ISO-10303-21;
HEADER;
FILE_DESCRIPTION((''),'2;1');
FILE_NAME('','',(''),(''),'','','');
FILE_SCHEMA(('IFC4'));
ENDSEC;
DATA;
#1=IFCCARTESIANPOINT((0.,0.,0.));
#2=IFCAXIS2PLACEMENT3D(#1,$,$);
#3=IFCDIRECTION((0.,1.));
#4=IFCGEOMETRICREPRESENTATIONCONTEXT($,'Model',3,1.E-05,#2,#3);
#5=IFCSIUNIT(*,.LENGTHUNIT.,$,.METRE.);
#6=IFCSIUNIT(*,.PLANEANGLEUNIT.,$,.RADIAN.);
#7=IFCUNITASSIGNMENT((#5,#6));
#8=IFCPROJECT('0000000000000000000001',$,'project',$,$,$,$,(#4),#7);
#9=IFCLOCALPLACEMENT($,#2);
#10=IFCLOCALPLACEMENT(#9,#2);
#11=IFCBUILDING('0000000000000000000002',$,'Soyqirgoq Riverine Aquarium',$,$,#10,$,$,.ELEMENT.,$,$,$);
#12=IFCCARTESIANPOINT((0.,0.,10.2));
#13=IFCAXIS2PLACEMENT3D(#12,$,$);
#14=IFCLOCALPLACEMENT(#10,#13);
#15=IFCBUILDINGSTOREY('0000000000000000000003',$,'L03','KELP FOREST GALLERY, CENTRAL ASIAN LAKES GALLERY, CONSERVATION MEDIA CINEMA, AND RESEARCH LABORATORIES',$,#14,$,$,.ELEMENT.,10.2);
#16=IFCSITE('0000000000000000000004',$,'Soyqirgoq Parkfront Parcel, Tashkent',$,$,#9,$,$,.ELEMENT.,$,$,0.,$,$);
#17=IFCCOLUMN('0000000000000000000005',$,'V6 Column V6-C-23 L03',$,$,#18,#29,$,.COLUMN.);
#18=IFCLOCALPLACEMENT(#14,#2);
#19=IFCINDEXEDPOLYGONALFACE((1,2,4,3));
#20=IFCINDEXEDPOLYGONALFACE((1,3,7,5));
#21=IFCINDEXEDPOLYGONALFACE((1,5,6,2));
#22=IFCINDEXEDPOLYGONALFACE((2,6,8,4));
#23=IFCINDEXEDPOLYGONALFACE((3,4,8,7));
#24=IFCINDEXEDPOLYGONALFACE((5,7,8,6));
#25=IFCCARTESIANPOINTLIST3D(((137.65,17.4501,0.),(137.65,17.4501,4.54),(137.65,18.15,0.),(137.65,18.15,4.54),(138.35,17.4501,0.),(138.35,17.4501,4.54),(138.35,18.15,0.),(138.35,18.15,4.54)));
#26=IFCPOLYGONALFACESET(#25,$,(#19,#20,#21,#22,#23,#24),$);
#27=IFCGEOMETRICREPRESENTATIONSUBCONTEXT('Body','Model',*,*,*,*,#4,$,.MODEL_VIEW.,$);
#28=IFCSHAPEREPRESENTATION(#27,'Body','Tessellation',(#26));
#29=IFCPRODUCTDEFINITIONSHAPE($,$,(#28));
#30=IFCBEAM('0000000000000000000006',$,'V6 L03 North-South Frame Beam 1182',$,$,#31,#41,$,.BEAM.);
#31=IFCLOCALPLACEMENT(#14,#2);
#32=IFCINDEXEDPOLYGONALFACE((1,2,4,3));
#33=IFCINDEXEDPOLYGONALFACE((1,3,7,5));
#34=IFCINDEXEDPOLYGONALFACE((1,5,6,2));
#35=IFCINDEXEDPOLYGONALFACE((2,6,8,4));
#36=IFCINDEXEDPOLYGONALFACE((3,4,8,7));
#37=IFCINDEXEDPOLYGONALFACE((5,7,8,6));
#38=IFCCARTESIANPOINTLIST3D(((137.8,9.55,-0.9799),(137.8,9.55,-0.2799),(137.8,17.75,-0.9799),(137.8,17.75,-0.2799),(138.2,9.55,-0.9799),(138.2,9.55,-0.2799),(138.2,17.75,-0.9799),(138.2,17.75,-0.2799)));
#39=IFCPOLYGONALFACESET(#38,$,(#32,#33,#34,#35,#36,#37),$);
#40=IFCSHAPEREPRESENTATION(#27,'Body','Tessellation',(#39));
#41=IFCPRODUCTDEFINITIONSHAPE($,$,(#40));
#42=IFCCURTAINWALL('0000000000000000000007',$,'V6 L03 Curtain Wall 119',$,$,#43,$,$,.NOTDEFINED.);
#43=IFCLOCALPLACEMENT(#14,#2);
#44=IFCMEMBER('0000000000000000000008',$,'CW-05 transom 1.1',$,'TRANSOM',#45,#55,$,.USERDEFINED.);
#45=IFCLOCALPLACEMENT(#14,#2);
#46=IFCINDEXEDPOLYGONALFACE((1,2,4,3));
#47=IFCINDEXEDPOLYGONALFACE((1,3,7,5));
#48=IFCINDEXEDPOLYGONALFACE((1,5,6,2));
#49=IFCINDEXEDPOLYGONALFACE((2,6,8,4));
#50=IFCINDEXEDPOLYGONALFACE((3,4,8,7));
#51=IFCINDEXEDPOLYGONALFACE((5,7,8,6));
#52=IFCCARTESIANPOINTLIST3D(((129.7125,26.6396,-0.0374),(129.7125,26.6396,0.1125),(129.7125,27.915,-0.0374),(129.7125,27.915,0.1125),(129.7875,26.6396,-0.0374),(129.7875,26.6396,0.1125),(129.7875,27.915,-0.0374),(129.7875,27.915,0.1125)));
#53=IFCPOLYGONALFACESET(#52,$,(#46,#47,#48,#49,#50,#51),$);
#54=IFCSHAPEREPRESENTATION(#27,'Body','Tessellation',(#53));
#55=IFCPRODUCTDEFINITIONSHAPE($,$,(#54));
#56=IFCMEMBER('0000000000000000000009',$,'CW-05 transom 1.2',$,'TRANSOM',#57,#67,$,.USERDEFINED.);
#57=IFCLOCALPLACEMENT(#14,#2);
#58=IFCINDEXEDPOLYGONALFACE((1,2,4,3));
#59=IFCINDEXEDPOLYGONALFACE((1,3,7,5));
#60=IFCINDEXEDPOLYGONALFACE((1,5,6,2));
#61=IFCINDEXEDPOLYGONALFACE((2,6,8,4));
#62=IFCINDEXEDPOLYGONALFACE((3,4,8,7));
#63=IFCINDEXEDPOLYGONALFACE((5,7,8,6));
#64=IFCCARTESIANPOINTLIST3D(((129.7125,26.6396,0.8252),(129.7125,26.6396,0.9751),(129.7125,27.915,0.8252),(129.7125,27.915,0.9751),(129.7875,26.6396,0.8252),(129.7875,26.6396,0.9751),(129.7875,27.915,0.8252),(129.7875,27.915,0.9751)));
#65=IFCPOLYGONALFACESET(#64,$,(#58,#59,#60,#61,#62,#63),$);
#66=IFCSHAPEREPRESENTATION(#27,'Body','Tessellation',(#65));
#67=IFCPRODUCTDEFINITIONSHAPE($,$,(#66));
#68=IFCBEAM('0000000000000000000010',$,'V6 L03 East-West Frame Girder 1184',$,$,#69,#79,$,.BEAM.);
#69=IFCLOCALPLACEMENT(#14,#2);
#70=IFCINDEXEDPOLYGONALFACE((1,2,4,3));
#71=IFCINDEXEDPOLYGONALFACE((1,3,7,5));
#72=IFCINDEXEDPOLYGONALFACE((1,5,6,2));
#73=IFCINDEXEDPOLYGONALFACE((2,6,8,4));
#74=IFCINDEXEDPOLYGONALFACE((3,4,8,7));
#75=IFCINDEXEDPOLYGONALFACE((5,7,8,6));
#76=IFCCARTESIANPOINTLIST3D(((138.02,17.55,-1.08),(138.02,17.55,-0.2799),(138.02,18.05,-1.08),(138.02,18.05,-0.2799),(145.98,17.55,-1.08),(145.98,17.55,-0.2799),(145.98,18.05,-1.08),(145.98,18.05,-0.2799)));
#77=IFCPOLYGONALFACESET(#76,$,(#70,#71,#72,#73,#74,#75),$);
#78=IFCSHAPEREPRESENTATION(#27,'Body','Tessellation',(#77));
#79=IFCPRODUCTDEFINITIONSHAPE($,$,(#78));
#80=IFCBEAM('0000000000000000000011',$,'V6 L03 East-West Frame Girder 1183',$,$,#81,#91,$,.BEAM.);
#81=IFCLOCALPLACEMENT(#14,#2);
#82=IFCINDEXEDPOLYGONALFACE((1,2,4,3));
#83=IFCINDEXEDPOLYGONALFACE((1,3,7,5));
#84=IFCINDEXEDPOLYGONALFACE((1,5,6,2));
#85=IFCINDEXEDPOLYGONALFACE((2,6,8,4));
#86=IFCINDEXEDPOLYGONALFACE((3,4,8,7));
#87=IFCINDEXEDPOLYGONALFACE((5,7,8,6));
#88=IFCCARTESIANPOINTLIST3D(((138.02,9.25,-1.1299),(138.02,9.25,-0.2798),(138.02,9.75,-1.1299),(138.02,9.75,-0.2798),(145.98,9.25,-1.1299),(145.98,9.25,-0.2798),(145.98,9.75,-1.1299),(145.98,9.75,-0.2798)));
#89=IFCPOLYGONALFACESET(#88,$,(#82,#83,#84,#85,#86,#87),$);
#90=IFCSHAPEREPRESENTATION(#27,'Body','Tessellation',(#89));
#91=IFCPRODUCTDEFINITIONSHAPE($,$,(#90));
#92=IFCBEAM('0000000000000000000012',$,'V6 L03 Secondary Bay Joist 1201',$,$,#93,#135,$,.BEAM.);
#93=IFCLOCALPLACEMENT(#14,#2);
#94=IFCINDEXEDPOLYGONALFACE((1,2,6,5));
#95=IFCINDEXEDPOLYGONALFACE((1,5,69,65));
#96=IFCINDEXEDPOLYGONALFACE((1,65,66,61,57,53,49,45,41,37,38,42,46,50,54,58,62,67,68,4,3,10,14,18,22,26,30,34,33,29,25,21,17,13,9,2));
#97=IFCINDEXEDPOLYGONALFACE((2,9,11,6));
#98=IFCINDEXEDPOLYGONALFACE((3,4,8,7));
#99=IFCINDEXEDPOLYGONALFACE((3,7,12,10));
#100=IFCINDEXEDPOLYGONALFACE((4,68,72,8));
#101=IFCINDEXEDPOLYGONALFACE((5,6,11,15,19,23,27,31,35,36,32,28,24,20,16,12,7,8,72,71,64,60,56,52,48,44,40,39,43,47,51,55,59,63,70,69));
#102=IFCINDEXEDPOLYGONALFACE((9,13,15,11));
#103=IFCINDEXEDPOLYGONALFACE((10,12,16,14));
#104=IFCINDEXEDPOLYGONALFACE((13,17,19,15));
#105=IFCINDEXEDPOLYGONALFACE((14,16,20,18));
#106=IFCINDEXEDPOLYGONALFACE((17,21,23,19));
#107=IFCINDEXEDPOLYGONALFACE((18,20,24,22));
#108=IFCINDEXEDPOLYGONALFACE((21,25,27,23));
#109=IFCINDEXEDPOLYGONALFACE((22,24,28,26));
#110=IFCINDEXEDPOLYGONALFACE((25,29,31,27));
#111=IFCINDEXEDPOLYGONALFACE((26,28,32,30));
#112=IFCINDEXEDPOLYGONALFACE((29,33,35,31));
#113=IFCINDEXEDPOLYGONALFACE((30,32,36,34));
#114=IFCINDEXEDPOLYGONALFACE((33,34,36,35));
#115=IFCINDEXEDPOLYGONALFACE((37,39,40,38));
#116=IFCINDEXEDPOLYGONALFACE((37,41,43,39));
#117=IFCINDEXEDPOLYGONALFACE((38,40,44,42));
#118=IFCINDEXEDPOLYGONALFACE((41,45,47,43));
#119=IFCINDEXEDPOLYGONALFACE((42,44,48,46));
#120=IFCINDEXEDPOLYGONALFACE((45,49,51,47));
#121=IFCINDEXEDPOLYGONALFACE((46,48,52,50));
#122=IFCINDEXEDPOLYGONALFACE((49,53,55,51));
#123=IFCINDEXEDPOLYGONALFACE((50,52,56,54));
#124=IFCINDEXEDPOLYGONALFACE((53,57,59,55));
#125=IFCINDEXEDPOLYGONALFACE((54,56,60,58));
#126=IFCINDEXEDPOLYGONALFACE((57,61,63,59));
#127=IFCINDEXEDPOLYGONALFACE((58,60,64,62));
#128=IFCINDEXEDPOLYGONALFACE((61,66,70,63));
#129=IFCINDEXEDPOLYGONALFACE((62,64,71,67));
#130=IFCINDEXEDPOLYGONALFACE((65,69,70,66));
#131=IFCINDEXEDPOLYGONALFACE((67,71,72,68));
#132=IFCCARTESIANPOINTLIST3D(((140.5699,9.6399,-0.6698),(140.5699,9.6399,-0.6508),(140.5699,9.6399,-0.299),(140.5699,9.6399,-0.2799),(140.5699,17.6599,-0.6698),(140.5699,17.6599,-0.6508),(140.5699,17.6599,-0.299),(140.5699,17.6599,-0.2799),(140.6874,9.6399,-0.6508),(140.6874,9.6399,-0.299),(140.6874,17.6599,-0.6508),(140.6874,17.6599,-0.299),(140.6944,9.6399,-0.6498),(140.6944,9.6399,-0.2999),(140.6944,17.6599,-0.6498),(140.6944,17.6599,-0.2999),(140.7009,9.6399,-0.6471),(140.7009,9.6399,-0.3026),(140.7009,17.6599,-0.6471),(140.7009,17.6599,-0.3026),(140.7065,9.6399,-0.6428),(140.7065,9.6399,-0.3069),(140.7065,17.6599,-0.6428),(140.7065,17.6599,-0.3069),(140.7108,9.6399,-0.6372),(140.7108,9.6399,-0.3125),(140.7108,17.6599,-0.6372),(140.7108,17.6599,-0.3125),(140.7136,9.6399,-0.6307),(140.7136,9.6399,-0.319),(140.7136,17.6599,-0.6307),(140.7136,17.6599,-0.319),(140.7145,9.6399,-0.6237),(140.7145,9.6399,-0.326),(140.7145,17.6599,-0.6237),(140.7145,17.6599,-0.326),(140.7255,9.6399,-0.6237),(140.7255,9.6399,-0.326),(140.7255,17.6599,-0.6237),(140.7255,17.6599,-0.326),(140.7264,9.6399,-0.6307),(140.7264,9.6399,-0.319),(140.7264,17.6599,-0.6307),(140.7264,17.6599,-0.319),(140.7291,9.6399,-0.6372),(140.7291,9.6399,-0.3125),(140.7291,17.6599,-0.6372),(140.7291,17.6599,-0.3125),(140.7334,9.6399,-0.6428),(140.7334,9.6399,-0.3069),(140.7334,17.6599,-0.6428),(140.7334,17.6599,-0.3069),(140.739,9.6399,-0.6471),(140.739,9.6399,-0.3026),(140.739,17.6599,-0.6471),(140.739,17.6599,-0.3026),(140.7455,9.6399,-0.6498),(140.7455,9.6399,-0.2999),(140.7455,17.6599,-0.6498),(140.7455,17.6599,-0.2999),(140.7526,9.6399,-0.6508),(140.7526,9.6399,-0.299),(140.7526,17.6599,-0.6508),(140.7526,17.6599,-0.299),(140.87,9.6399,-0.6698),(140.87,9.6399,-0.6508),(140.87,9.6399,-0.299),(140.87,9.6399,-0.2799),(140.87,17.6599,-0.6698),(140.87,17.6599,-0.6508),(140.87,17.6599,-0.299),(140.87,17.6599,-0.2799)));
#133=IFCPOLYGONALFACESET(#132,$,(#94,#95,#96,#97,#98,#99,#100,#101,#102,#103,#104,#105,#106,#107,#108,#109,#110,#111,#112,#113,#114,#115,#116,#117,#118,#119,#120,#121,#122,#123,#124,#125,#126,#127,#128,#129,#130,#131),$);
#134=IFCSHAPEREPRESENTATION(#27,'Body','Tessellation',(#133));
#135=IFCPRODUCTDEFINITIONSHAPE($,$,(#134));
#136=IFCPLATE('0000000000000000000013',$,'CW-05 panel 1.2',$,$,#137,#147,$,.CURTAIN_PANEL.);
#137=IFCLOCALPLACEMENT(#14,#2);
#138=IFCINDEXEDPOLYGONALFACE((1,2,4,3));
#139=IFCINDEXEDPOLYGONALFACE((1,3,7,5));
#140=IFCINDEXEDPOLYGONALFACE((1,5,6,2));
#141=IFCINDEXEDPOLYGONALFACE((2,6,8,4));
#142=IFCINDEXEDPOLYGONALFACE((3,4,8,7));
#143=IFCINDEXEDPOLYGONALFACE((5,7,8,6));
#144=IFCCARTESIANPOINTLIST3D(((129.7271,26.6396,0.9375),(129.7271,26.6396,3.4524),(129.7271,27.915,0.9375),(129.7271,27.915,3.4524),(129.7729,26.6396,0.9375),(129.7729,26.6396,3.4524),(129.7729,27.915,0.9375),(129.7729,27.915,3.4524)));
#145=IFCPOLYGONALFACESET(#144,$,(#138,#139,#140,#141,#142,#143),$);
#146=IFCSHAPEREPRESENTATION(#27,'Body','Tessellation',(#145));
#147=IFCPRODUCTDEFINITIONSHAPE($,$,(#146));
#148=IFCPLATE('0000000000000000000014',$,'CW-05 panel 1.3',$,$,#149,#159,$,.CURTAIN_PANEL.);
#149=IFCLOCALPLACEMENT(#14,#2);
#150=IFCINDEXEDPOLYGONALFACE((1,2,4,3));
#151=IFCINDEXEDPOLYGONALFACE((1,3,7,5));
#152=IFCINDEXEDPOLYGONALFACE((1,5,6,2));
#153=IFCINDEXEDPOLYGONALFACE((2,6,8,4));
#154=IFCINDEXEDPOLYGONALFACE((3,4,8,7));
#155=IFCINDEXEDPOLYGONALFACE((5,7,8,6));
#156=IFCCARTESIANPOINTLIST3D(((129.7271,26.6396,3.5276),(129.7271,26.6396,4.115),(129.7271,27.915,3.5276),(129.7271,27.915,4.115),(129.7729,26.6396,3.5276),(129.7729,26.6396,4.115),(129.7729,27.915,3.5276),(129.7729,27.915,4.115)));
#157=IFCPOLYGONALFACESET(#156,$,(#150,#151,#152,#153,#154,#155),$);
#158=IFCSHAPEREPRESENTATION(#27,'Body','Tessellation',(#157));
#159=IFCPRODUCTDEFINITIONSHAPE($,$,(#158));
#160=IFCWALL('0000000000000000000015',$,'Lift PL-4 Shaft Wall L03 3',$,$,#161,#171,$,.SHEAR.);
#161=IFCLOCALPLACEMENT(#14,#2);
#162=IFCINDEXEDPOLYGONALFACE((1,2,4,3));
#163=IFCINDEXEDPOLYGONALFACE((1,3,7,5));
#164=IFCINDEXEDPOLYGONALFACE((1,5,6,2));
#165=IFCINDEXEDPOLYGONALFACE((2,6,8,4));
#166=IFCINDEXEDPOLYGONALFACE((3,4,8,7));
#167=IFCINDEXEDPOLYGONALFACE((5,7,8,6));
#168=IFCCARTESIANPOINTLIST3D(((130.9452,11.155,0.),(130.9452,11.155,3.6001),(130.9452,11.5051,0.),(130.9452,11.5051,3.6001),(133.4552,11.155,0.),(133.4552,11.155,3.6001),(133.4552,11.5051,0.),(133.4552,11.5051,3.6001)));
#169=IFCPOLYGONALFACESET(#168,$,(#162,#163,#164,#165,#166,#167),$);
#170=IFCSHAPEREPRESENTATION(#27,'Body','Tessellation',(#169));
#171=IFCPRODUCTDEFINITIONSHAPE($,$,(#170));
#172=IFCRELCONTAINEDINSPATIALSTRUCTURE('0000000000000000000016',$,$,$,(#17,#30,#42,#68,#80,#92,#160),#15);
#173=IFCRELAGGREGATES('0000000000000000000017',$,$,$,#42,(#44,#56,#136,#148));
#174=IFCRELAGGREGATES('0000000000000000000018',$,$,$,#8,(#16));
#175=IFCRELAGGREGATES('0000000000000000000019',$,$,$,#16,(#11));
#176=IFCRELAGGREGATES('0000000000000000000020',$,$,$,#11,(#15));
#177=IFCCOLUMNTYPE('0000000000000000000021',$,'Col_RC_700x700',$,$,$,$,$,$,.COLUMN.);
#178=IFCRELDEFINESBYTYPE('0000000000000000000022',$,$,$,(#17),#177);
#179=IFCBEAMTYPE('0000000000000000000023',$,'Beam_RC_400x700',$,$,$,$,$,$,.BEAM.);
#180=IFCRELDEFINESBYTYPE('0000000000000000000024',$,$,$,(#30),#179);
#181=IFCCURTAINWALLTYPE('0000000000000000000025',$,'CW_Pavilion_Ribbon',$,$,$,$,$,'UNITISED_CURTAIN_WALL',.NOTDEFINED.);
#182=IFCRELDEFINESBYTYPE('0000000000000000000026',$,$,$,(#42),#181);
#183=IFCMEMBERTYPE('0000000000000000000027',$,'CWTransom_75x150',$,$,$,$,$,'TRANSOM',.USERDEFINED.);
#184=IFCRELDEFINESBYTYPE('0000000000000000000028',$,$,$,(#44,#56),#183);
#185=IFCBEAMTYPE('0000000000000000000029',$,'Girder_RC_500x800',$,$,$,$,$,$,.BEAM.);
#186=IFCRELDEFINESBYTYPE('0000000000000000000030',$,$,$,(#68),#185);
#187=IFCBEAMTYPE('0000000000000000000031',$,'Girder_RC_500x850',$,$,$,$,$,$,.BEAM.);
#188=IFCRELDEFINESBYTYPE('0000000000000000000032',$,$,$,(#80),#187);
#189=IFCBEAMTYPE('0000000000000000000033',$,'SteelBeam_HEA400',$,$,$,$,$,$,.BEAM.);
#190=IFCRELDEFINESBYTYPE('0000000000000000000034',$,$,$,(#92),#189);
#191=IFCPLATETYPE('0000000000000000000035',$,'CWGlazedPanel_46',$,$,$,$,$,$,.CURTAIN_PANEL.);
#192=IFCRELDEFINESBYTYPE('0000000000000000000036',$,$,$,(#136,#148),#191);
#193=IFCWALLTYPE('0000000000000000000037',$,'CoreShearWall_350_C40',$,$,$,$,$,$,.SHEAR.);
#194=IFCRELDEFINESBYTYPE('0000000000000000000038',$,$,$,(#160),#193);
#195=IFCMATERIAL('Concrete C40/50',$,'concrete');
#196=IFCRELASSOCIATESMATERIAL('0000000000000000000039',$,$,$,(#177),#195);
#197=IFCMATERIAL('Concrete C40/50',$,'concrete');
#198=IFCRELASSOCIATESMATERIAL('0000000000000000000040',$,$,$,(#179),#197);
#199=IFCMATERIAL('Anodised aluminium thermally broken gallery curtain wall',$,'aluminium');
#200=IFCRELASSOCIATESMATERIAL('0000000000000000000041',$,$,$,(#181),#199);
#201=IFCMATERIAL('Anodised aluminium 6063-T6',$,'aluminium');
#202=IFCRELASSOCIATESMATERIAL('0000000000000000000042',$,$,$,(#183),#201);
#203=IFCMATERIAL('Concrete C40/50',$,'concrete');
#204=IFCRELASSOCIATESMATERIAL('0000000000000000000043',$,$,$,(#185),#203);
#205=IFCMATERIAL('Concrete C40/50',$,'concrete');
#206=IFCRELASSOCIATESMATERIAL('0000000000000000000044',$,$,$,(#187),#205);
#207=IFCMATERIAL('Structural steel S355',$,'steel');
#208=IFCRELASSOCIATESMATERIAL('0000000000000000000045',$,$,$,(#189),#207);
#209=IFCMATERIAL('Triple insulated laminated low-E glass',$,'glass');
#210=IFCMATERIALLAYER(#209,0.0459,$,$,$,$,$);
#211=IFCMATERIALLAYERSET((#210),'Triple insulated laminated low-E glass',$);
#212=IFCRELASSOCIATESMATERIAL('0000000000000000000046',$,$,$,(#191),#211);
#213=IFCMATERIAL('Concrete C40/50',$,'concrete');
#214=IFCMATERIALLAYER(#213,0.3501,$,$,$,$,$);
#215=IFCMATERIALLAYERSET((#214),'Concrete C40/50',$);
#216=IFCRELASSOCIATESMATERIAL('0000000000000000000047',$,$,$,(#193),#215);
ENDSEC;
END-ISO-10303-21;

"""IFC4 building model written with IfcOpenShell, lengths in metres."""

from ifc_helpers import new_model, si_unit, direction, frame, frame_2d, origin, origin_2d, place, context, subcontext, project, spatial, rectangle, i_section, extrude, material, layer, layer_set, material_profile, profile_set, type_object, element, aggregate, save


model = new_model("IFC4")

# Units and contexts
model_context = context("Model", 3, precision=1e-05, world=origin(), true_north=direction((0.0, 1.0)))
body_context = subcontext(model_context, "Body", "Model", "MODEL_VIEW")
ifc_project = project(units=[si_unit("LENGTHUNIT", "METRE"), si_unit("PLANEANGLEUNIT", "RADIAN")], contexts=[model_context])

# Site, building, storey
site_placement = place(None, origin())
site = spatial("IfcSite", under=ifc_project, at=site_placement, Name="Soyqirgoq Parkfront Parcel, Tashkent", CompositionType="ELEMENT", RefElevation=0.0)
building_placement = place(site_placement, origin())
building = spatial("IfcBuilding", under=site, at=building_placement, Name="Soyqirgoq Riverine Aquarium", CompositionType="ELEMENT")
storey_placement = place(building_placement, frame((0.0, 0.0, 10.2)))
storey = spatial("IfcBuildingStorey", under=building, at=storey_placement, Name="L03", Description="KELP FOREST GALLERY, CENTRAL ASIAN LAKES GALLERY, CONSERVATION MEDIA CINEMA, AND RESEARCH LABORATORIES", CompositionType="ELEMENT", Elevation=10.2)

# Column
ifc_material_1 = material(Name="Concrete C40/50", Category="concrete")
ifc_material_profile_1 = material_profile(ifc_material_1, rectangle(XDim=0.7, YDim=0.7, at=origin_2d()), Name="RC 700x700")
ifc_profile_set_1 = profile_set([ifc_material_profile_1], Name="Concrete C40/50")
column_type = type_object("IfcColumnType", Name="Col_RC_700x700", PredefinedType="COLUMN", material=ifc_profile_set_1)
column_placement = place(storey_placement, frame((138.0, 17.8, 0.0), z_axis=(0.0, 0.0, 1.0), x_axis=(1.0, 0.0, 0.0)))
element("IfcColumn", 1, at=column_placement, inside=storey, type_object=column_type, Name="V6 Column V6-C-23 L03", PredefinedType="COLUMN", context=body_context, shape_type="SweptSolid", body=[
    extrude(rectangle(XDim=0.7, YDim=0.7, at=origin_2d()), origin(), (0.0, 0.0, 1.0), 4.54),
])

# Beam
ifc_material_2 = material(Name="Concrete C40/50", Category="concrete")
ifc_material_profile_2 = material_profile(ifc_material_2, rectangle(XDim=0.3999, YDim=0.7, at=origin_2d()), Name="RC 400x700")
ifc_profile_set_2 = profile_set([ifc_material_profile_2], Name="Concrete C40/50")
beam_type_1 = type_object("IfcBeamType", Name="Beam_RC_400x700", PredefinedType="BEAM", material=ifc_profile_set_2)
beam_1_placement = place(storey_placement, frame((138.0, 9.55, -0.6299), z_axis=(0.0, 1.0, 0.0), x_axis=(-1.0, 0.0, 0.0)))
element("IfcBeam", 2, at=beam_1_placement, inside=storey, type_object=beam_type_1, Name="V6 L03 North-South Frame Beam 1182", PredefinedType="BEAM", context=body_context, shape_type="SweptSolid", body=[
    extrude(rectangle(XDim=0.3999, YDim=0.7, at=origin_2d()), origin(), (0.0, 0.0, 1.0), 8.2),
])

# Curtain wall, members
ifc_material_3 = material(Name="Anodised aluminium thermally broken gallery curtain wall", Category="aluminium")
curtain_wall_type = type_object("IfcCurtainWallType", Name="CW_Pavilion_Ribbon", ElementType="UNITISED_CURTAIN_WALL", PredefinedType="NOTDEFINED", material=ifc_material_3)
curtain_wall_placement = place(storey_placement, origin())
curtain_wall = element("IfcCurtainWall", 3, at=curtain_wall_placement, inside=storey, type_object=curtain_wall_type, Name="V6 L03 Curtain Wall 119", PredefinedType="NOTDEFINED")
ifc_material_4 = material(Name="Anodised aluminium 6063-T6", Category="aluminium")
ifc_material_profile_3 = material_profile(ifc_material_4, rectangle(XDim=0.075, YDim=0.1499, at=origin_2d()), Name="ALU-T 75x150")
ifc_profile_set_3 = profile_set([ifc_material_profile_3], Name="Anodised aluminium 6063-T6")
member_type = type_object("IfcMemberType", Name="CWTransom_75x150", ElementType="TRANSOM", PredefinedType="USERDEFINED", material=ifc_profile_set_3)
member_1_placement = place(storey_placement, frame((129.75, 27.915, 0.0376), z_axis=(0.0, -1.0, 0.0), x_axis=(1.0, 0.0, 0.0)))
member_1 = element("IfcMember", 4, at=member_1_placement, type_object=member_type, Name="CW-05 transom 1.1", ObjectType="TRANSOM", PredefinedType="USERDEFINED", context=body_context, shape_type="SweptSolid", body=[
    extrude(rectangle(XDim=0.075, YDim=0.1499, at=origin_2d()), origin(), (0.0, 0.0, 1.0), 1.2754),
])
member_2_placement = place(storey_placement, frame((129.75, 27.915, 0.9001), z_axis=(0.0, -1.0, 0.0), x_axis=(1.0, 0.0, 0.0)))
member_2 = element("IfcMember", 5, at=member_2_placement, type_object=member_type, Name="CW-05 transom 1.2", ObjectType="TRANSOM", PredefinedType="USERDEFINED", context=body_context, shape_type="SweptSolid", body=[
    extrude(rectangle(XDim=0.075, YDim=0.1499, at=origin_2d()), origin(), (0.0, 0.0, 1.0), 1.2754),
])

# Beams
ifc_material_5 = material(Name="Concrete C40/50", Category="concrete")
ifc_material_profile_4 = material_profile(ifc_material_5, rectangle(XDim=0.5, YDim=0.8, at=origin_2d()), Name="RC 500x800")
ifc_profile_set_4 = profile_set([ifc_material_profile_4], Name="Concrete C40/50")
beam_type_2 = type_object("IfcBeamType", Name="Girder_RC_500x800", PredefinedType="BEAM", material=ifc_profile_set_4)
beam_2_placement = place(storey_placement, frame((138.02, 17.8, -0.6799), z_axis=(1.0, 0.0, 0.0), x_axis=(0.0, 1.0, 0.0)))
element("IfcBeam", 6, at=beam_2_placement, inside=storey, type_object=beam_type_2, Name="V6 L03 East-West Frame Girder 1184", PredefinedType="BEAM", context=body_context, shape_type="SweptSolid", body=[
    extrude(rectangle(XDim=0.5, YDim=0.8, at=origin_2d()), origin(), (0.0, 0.0, 1.0), 7.96),
])
ifc_material_6 = material(Name="Concrete C40/50", Category="concrete")
ifc_material_profile_5 = material_profile(ifc_material_6, rectangle(XDim=0.5, YDim=0.8501, at=origin_2d()), Name="RC 500x850")
ifc_profile_set_5 = profile_set([ifc_material_profile_5], Name="Concrete C40/50")
beam_type_3 = type_object("IfcBeamType", Name="Girder_RC_500x850", PredefinedType="BEAM", material=ifc_profile_set_5)
beam_3_placement = place(storey_placement, frame((138.02, 9.5, -0.7048), z_axis=(1.0, 0.0, 0.0), x_axis=(0.0, 1.0, 0.0)))
element("IfcBeam", 7, at=beam_3_placement, inside=storey, type_object=beam_type_3, Name="V6 L03 East-West Frame Girder 1183", PredefinedType="BEAM", context=body_context, shape_type="SweptSolid", body=[
    extrude(rectangle(XDim=0.5, YDim=0.8501, at=origin_2d()), origin(), (0.0, 0.0, 1.0), 7.96),
])
ifc_material_7 = material(Name="Structural steel S355", Category="steel")
ifc_material_profile_6 = material_profile(ifc_material_7, i_section(OverallWidth=0.3, OverallDepth=0.3899, WebThickness=0.011, FlangeThickness=0.019, FilletRadius=0.0271, at=origin_2d()), Name="HEA 400")
ifc_profile_set_6 = profile_set([ifc_material_profile_6], Name="Structural steel S355")
beam_type_4 = type_object("IfcBeamType", Name="SteelBeam_HEA400", PredefinedType="BEAM", material=ifc_profile_set_6)
beam_4_placement = place(storey_placement, frame((140.72, 9.6399, -0.4749), z_axis=(0.0, 1.0, 0.0), x_axis=(-1.0, 0.0, 0.0)))
element("IfcBeam", 8, at=beam_4_placement, inside=storey, type_object=beam_type_4, Name="V6 L03 Secondary Bay Joist 1201", PredefinedType="BEAM", context=body_context, shape_type="SweptSolid", body=[
    extrude(i_section(OverallWidth=0.3, OverallDepth=0.3899, WebThickness=0.011, FlangeThickness=0.019, FilletRadius=0.0271, at=origin_2d()), origin(), (0.0, 0.0, 1.0), 8.02),
])

# Plates
ifc_material_8 = material(Name="Triple insulated laminated low-E glass", Category="glass")
ifc_layer_1 = layer(ifc_material_8, 0.0459)
ifc_layer_set_1 = layer_set([ifc_layer_1], Name="Triple insulated laminated low-E glass")
plate_type = type_object("IfcPlateType", Name="CWGlazedPanel_46", PredefinedType="CURTAIN_PANEL", material=ifc_layer_set_1)
plate_1_placement = place(storey_placement, frame((129.75, 27.2773, 0.9375), z_axis=(0.0, 0.0, 1.0), x_axis=(0.0, -1.0, 0.0)))
plate_1 = element("IfcPlate", 9, at=plate_1_placement, type_object=plate_type, Name="CW-05 panel 1.2", PredefinedType="CURTAIN_PANEL", context=body_context, shape_type="SweptSolid", body=[
    extrude(rectangle(XDim=1.2754, YDim=0.0459, at=origin_2d()), origin(), (0.0, 0.0, 1.0), 2.5149),
])
plate_2_placement = place(storey_placement, frame((129.75, 27.2773, 3.5276), z_axis=(0.0, 0.0, 1.0), x_axis=(0.0, -1.0, 0.0)))
plate_2 = element("IfcPlate", 10, at=plate_2_placement, type_object=plate_type, Name="CW-05 panel 1.3", PredefinedType="CURTAIN_PANEL", context=body_context, shape_type="SweptSolid", body=[
    extrude(rectangle(XDim=1.2754, YDim=0.0459, at=origin_2d()), origin(), (0.0, 0.0, 1.0), 0.5874),
])
aggregate(curtain_wall, [member_1, member_2, plate_1, plate_2])

# Wall
ifc_material_9 = material(Name="Concrete C40/50", Category="concrete")
ifc_layer_2 = layer(ifc_material_9, 0.3501)
ifc_layer_set_2 = layer_set([ifc_layer_2], Name="Concrete C40/50")
wall_type_1 = type_object("IfcWallType", Name="CoreShearWall_350_C40", PredefinedType="SHEAR", material=ifc_layer_set_2)
wall_1_placement = place(storey_placement, frame((133.4551, 11.3301, 0.0), z_axis=(0.0, 0.0, 1.0), x_axis=(-1.0, 0.0, 0.0)))
element("IfcWall", 11, at=wall_1_placement, inside=storey, type_object=wall_type_1, Name="Lift PL-4 Shaft Wall L03 3", PredefinedType="SHEAR", context=body_context, shape_type="SweptSolid", body=[
    extrude(rectangle(XDim=2.51, YDim=0.3501, at=frame_2d((1.2549, 0.0))), origin(), (0.0, 0.0, 1.0), 3.6001),
])

save(model, "model.ifc")
